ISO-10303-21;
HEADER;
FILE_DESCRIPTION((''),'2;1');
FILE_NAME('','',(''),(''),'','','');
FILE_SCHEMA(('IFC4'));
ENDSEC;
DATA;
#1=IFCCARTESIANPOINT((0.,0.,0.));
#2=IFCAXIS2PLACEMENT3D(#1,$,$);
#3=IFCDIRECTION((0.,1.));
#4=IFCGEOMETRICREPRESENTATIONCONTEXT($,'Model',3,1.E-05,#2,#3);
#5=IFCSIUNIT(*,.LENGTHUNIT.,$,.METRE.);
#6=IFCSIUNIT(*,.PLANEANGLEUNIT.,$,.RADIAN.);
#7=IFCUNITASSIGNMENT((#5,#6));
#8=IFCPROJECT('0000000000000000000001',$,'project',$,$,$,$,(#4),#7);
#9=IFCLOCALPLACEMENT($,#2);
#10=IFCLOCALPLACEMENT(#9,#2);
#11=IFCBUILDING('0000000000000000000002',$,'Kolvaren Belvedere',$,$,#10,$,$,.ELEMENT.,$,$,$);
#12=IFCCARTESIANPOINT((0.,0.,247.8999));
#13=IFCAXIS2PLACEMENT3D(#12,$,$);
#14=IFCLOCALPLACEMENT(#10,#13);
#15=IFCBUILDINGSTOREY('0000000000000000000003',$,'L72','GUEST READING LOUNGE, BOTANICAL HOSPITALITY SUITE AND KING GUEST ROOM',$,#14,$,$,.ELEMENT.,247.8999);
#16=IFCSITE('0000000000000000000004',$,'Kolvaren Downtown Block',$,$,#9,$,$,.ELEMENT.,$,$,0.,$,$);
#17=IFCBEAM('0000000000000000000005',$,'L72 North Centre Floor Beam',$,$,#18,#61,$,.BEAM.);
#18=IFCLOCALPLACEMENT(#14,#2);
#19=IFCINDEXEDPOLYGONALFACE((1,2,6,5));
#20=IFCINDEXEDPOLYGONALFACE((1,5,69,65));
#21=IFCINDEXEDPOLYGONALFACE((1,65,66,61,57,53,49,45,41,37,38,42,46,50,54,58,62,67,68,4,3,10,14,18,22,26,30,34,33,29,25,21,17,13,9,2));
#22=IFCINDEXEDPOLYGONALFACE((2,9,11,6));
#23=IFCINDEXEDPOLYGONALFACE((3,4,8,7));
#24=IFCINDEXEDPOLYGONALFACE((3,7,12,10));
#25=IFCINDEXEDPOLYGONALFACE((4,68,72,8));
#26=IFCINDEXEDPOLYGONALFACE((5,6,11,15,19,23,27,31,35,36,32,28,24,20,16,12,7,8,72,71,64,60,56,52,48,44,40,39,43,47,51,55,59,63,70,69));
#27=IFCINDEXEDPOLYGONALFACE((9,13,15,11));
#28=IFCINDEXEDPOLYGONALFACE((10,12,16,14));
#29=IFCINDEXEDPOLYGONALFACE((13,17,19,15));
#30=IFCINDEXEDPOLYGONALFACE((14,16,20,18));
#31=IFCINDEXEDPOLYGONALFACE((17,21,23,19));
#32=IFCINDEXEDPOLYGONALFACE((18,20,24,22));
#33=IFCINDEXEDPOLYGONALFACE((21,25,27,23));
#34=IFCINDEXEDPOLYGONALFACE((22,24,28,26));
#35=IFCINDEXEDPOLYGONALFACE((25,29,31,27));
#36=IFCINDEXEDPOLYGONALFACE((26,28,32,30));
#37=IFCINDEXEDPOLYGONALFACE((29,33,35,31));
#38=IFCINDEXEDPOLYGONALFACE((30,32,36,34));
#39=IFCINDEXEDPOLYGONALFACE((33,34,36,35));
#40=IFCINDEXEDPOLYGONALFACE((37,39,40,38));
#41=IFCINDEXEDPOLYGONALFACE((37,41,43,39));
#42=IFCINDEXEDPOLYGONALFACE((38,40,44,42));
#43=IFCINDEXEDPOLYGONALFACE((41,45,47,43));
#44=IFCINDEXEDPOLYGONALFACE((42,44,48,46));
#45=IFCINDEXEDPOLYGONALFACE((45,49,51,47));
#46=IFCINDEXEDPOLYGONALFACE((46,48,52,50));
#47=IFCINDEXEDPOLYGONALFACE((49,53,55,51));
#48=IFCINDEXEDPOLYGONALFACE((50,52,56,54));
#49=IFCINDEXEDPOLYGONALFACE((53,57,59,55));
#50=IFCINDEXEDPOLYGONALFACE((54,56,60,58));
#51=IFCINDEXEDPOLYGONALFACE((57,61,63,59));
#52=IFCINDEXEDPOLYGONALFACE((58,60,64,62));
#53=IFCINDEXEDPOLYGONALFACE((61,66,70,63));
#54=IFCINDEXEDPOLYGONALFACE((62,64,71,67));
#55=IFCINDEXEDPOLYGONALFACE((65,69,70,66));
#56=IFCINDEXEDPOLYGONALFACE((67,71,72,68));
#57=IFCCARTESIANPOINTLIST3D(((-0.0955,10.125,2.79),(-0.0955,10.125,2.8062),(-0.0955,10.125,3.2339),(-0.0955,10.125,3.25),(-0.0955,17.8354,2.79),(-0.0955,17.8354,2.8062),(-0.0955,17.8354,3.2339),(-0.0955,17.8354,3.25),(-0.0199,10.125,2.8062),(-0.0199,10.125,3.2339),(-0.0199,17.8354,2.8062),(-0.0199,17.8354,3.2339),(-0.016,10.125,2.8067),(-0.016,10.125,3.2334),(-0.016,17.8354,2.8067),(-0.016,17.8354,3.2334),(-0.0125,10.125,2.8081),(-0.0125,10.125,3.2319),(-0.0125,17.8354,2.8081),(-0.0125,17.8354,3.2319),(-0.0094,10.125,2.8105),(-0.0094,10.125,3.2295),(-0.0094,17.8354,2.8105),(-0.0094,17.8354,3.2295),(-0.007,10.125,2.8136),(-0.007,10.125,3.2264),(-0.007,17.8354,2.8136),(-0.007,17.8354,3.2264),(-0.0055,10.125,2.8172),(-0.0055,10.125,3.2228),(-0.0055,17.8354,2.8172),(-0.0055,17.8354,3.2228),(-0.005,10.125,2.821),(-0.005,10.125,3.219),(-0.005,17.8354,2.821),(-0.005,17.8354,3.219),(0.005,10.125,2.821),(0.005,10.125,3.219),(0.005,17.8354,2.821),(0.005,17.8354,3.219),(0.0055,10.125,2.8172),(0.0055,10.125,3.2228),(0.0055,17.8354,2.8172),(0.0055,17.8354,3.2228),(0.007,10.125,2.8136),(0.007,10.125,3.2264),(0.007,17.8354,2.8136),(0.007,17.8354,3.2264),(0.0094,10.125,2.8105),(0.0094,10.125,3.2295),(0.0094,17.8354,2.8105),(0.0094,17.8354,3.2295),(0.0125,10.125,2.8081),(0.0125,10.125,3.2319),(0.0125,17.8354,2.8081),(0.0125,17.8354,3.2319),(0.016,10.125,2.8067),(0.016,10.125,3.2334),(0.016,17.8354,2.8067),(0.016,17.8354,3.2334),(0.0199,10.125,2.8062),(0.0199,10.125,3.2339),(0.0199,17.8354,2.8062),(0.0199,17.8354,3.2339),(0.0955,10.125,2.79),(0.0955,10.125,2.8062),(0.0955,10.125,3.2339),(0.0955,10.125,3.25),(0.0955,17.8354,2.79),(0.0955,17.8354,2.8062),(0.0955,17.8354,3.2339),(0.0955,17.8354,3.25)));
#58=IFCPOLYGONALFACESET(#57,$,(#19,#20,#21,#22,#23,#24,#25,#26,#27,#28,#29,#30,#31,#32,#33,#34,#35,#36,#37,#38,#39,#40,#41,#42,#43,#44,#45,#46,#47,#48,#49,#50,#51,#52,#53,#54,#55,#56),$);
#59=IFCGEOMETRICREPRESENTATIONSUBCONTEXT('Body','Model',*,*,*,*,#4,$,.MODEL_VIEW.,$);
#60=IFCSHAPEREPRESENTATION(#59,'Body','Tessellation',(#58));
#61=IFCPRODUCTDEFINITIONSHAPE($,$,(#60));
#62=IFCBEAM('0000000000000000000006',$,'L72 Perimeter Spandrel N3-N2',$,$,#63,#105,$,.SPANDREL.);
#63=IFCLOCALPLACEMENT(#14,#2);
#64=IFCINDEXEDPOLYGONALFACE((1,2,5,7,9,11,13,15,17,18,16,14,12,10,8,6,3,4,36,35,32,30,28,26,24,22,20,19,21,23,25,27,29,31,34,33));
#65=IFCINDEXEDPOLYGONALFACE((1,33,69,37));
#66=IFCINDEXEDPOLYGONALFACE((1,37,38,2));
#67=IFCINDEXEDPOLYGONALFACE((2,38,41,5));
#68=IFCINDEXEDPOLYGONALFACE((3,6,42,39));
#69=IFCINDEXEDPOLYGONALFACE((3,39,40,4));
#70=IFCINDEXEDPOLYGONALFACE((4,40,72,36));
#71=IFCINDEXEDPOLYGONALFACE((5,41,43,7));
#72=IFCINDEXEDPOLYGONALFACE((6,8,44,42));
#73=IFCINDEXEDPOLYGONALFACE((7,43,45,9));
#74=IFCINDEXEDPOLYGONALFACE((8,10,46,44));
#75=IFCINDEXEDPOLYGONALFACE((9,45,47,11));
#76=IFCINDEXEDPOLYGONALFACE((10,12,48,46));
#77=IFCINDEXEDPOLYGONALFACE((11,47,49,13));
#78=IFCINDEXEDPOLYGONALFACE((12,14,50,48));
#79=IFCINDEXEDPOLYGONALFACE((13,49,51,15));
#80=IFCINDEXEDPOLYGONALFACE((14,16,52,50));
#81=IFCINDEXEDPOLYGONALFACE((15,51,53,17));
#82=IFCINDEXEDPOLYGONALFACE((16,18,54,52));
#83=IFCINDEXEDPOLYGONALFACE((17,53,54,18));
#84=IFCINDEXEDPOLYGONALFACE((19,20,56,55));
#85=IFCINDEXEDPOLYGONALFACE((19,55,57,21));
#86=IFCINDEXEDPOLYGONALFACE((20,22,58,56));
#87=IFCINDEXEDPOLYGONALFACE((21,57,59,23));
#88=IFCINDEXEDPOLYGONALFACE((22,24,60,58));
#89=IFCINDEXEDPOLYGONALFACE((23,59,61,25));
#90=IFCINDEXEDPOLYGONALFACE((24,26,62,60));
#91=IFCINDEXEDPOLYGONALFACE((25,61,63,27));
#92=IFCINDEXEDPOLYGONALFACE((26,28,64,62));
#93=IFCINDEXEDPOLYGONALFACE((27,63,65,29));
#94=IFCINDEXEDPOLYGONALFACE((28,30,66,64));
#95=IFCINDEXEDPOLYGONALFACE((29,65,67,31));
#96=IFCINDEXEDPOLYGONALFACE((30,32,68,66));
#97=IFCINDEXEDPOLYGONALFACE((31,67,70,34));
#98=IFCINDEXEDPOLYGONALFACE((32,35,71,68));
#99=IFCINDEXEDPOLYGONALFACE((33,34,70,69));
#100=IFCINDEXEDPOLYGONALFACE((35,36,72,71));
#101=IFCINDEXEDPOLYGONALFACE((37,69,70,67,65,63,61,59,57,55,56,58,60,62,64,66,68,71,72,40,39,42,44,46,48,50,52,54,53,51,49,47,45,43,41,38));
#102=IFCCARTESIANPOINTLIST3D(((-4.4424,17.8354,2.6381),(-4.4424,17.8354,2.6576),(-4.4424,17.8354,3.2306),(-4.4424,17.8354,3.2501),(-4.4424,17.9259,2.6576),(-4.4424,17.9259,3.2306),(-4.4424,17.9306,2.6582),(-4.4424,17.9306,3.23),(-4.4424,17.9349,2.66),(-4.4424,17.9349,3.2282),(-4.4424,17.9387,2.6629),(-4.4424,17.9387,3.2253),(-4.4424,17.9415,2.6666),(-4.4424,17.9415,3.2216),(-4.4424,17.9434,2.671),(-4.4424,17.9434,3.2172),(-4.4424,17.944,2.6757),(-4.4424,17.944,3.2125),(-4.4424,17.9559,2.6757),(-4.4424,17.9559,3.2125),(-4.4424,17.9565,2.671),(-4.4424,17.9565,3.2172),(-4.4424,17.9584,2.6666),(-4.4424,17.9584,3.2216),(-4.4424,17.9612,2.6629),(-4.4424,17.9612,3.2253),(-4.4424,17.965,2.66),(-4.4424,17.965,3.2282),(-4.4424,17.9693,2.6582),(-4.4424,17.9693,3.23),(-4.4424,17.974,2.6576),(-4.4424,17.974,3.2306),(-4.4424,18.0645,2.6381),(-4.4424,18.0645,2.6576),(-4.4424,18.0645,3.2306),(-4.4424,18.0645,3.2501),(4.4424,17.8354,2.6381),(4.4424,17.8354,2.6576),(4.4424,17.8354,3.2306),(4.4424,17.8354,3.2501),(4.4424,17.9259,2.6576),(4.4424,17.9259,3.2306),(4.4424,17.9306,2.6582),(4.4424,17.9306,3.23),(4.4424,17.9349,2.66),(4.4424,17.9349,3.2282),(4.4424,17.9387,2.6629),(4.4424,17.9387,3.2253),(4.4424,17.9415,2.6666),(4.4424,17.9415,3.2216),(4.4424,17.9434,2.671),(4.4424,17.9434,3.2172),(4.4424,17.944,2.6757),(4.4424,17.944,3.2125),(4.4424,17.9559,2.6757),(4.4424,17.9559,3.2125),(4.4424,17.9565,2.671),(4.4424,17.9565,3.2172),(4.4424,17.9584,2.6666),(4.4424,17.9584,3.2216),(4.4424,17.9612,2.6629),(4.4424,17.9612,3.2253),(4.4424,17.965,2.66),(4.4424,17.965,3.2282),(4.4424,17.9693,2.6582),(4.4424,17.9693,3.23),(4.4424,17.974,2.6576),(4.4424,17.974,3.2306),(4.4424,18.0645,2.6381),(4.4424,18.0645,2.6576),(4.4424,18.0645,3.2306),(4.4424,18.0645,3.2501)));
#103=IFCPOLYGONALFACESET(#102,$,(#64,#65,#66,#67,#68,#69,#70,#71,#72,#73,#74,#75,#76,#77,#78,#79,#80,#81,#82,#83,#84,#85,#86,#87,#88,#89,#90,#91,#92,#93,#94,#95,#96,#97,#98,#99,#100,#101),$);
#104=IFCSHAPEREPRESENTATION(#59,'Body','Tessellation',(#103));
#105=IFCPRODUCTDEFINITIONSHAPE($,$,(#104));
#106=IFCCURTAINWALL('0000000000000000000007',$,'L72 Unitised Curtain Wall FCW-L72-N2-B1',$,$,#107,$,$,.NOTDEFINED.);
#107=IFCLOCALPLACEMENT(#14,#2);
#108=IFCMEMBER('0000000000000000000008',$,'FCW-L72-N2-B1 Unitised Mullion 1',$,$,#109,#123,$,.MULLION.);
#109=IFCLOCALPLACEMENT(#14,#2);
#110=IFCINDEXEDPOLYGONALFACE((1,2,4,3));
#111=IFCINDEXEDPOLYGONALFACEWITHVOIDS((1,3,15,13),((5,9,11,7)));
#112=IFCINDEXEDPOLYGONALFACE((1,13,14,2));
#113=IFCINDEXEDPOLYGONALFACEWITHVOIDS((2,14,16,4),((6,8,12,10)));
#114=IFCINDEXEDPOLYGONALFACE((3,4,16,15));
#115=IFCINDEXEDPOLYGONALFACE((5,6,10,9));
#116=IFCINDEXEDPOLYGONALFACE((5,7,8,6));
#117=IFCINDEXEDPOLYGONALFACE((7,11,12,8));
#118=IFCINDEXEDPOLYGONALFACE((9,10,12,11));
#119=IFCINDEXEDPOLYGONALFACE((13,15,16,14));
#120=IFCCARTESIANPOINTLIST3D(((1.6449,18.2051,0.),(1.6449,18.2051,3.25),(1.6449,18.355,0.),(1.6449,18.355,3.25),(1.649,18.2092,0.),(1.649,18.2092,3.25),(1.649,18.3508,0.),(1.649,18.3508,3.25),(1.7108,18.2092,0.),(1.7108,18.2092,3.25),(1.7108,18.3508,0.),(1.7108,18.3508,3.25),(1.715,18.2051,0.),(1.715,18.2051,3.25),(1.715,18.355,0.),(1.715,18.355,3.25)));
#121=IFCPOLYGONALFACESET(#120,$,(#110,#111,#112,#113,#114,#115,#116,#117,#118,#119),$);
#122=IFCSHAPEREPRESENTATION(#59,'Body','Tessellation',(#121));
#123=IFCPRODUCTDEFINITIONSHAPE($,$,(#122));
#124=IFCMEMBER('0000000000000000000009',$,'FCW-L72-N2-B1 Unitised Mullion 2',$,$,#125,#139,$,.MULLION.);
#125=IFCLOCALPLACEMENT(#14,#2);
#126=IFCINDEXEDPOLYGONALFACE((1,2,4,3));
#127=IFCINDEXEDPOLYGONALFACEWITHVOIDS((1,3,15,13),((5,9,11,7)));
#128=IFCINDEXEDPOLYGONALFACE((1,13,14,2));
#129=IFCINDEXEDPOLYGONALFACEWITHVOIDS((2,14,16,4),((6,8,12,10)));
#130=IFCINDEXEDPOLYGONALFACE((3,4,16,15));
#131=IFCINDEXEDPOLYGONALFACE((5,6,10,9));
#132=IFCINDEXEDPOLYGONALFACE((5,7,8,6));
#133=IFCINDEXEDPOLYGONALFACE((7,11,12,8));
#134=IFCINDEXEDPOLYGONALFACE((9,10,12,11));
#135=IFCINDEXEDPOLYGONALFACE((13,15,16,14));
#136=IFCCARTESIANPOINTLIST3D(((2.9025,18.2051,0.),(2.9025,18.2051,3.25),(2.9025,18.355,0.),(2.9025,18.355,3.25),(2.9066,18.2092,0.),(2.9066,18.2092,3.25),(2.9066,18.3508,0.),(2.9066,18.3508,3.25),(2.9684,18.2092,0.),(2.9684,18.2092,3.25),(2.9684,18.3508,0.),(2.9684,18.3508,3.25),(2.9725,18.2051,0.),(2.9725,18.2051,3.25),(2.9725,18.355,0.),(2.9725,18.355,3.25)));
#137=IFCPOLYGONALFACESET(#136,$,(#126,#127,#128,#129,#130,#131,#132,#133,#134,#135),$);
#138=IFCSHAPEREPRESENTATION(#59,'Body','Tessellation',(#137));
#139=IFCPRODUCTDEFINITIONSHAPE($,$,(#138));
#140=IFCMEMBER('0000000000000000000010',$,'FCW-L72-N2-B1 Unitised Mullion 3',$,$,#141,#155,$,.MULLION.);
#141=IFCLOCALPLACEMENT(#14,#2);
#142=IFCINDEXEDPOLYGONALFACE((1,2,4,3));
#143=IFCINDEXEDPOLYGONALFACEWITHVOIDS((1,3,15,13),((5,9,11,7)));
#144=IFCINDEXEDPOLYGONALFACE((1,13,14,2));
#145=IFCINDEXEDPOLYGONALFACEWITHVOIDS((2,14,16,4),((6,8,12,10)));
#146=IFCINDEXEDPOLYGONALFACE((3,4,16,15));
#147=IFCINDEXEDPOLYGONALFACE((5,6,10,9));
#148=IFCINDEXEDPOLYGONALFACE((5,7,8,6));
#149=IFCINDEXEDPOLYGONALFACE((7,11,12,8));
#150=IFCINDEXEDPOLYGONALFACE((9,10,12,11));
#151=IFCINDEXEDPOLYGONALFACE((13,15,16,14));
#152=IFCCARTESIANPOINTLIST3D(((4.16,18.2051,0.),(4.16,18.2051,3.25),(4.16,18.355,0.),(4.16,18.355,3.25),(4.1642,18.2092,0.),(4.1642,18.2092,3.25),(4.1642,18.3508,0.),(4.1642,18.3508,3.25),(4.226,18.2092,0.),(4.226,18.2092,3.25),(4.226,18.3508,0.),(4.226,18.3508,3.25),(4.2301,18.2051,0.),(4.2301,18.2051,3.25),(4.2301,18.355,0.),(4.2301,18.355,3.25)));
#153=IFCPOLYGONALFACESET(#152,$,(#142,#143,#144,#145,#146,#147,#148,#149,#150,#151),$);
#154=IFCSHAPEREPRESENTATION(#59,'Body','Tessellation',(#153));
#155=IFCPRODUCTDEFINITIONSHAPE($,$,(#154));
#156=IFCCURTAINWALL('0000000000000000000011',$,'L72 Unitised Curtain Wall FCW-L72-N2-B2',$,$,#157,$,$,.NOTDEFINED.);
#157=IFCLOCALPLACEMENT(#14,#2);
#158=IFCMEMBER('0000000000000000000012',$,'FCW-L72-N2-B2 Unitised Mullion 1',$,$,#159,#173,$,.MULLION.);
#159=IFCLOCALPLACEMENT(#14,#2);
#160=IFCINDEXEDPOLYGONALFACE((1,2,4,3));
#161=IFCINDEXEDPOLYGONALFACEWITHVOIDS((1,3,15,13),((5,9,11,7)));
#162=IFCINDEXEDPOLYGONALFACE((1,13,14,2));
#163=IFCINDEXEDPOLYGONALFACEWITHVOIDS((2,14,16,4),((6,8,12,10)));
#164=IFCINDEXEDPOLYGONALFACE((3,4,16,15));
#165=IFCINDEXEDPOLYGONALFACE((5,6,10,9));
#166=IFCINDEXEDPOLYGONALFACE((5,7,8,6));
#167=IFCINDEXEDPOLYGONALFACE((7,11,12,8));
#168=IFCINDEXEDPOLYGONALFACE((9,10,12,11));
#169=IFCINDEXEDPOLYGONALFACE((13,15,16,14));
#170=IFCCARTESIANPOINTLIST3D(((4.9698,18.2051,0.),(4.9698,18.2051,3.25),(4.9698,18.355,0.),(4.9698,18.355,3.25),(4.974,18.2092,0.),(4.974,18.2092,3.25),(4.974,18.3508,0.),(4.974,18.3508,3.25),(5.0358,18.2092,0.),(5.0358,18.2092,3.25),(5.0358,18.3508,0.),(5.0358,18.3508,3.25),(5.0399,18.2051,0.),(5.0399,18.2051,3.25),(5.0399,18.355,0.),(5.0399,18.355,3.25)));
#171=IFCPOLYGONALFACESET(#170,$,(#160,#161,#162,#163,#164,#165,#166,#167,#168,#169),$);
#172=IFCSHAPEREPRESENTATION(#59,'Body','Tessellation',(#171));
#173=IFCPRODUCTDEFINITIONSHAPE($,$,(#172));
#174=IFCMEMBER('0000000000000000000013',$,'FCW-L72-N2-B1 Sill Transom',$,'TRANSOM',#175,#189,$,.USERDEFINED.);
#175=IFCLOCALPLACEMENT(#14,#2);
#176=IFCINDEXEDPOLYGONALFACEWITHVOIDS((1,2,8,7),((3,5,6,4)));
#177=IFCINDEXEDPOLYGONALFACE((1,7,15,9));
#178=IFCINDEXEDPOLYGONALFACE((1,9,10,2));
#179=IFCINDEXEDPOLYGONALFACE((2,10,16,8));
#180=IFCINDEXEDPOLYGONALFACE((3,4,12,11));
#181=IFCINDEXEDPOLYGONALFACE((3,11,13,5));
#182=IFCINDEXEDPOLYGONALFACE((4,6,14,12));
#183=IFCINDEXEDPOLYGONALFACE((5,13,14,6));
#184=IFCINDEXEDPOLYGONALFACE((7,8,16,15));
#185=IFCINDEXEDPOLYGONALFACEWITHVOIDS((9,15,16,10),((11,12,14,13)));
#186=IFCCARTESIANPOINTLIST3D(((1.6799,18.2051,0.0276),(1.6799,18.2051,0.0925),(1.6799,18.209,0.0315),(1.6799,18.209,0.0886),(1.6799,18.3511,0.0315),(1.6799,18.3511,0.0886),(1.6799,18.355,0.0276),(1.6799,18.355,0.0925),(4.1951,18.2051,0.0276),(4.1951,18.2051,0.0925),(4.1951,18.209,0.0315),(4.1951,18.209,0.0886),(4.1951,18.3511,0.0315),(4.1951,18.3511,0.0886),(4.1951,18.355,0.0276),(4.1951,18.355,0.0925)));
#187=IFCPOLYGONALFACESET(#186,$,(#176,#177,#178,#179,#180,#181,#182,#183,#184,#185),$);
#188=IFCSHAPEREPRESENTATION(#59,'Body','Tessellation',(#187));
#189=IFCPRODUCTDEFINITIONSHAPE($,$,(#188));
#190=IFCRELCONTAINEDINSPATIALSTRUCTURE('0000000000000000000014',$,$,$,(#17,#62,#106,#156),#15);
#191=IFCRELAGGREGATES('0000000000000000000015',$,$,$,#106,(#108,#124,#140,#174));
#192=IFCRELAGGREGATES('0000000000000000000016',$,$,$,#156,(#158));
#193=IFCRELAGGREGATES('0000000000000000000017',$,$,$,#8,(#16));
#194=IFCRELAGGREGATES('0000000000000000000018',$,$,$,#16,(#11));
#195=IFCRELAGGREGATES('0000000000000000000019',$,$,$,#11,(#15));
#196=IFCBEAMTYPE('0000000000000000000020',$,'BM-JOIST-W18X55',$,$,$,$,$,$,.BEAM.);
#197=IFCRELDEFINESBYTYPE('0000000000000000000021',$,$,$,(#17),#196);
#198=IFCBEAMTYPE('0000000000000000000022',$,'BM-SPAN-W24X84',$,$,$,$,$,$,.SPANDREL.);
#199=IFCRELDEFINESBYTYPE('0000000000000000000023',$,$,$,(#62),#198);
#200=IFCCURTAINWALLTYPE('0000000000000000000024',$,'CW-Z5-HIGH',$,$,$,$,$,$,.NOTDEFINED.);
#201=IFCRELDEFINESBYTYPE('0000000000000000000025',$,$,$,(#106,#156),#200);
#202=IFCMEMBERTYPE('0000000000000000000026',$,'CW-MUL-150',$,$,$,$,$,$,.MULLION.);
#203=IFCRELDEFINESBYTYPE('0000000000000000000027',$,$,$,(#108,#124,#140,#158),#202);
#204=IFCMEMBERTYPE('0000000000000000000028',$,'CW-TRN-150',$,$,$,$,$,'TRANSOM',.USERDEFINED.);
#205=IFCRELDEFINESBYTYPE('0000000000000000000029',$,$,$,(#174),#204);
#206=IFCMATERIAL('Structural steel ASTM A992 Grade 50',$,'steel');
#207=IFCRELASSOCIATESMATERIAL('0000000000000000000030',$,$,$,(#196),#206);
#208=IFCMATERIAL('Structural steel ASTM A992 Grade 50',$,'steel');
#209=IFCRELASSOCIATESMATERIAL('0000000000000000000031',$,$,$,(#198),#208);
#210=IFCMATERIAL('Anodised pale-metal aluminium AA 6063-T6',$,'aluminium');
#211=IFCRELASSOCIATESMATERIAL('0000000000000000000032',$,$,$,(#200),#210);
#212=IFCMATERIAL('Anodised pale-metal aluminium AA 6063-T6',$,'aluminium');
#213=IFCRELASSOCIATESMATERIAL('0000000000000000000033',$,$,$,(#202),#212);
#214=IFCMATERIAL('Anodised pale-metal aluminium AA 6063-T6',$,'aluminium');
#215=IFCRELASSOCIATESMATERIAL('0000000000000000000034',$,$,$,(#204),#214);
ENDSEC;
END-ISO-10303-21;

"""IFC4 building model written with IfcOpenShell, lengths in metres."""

from ifc_helpers import new_model, si_unit, direction, frame, origin, origin_2d, place, context, subcontext, project, spatial, hollow_rectangle, i_section, extrude, material, material_profile, profile_set, type_object, element, aggregate, save


model = new_model("IFC4")

# Units and contexts
model_context = context("Model", 3, precision=1e-05, world=origin(), true_north=direction((0.0, 1.0)))
body_context = subcontext(model_context, "Body", "Model", "MODEL_VIEW")
ifc_project = project(units=[si_unit("LENGTHUNIT", "METRE"), si_unit("PLANEANGLEUNIT", "RADIAN")], contexts=[model_context])

# Site, building, storey
site_placement = place(None, origin())
site = spatial("IfcSite", under=ifc_project, at=site_placement, Name="Kolvaren Downtown Block", CompositionType="ELEMENT", RefElevation=0.0)
building_placement = place(site_placement, origin())
building = spatial("IfcBuilding", under=site, at=building_placement, Name="Kolvaren Belvedere", CompositionType="ELEMENT")
storey_placement = place(building_placement, frame((0.0, 0.0, 247.8999)))
storey = spatial("IfcBuildingStorey", under=building, at=storey_placement, Name="L72", Description="GUEST READING LOUNGE, BOTANICAL HOSPITALITY SUITE AND KING GUEST ROOM", CompositionType="ELEMENT", Elevation=247.8999)

# Beams
ifc_material_1 = material(Name="Structural steel ASTM A992 Grade 50", Category="steel")
ifc_material_profile_1 = material_profile(ifc_material_1, i_section(OverallWidth=0.1909, OverallDepth=0.46, WebThickness=0.01, FlangeThickness=0.0161, FilletRadius=0.0149, at=origin_2d()), Name="W18X55")
ifc_profile_set_1 = profile_set([ifc_material_profile_1], Name="Structural steel ASTM A992 Grade 50")
beam_type_1 = type_object("IfcBeamType", Name="BM-JOIST-W18X55", PredefinedType="BEAM", material=ifc_profile_set_1)
beam_1_placement = place(storey_placement, frame((0.0, 10.125, 3.02), z_axis=(0.0, 1.0, 0.0), x_axis=(-1.0, 0.0, 0.0)))
element("IfcBeam", 1, at=beam_1_placement, inside=storey, type_object=beam_type_1, Name="L72 North Centre Floor Beam", PredefinedType="BEAM", context=body_context, shape_type="SweptSolid", body=[
    extrude(i_section(OverallWidth=0.1909, OverallDepth=0.46, WebThickness=0.01, FlangeThickness=0.0161, FilletRadius=0.0149, at=origin_2d()), origin(), (0.0, 0.0, 1.0), 7.7104),
])
ifc_material_2 = material(Name="Structural steel ASTM A992 Grade 50", Category="steel")
ifc_material_profile_2 = material_profile(ifc_material_2, i_section(OverallWidth=0.229, OverallDepth=0.6121, WebThickness=0.012, FlangeThickness=0.0195, FilletRadius=0.0181, at=origin_2d()), Name="W24X84")
ifc_profile_set_2 = profile_set([ifc_material_profile_2], Name="Structural steel ASTM A992 Grade 50")
beam_type_2 = type_object("IfcBeamType", Name="BM-SPAN-W24X84", PredefinedType="SPANDREL", material=ifc_profile_set_2)
beam_2_placement = place(storey_placement, frame((4.4424, 17.95, 2.9441), z_axis=(-1.0, 0.0, 0.0), x_axis=(0.0, -1.0, 0.0)))
element("IfcBeam", 2, at=beam_2_placement, inside=storey, type_object=beam_type_2, Name="L72 Perimeter Spandrel N3-N2", PredefinedType="SPANDREL", context=body_context, shape_type="SweptSolid", body=[
    extrude(i_section(OverallWidth=0.229, OverallDepth=0.6121, WebThickness=0.012, FlangeThickness=0.0195, FilletRadius=0.0181, at=origin_2d()), origin(), (0.0, 0.0, 1.0), 8.8848),
])

# Curtain wall, members
ifc_material_3 = material(Name="Anodised pale-metal aluminium AA 6063-T6", Category="aluminium")
curtain_wall_type = type_object("IfcCurtainWallType", Name="CW-Z5-HIGH", PredefinedType="NOTDEFINED", material=ifc_material_3)
curtain_wall_1_placement = place(storey_placement, origin())
curtain_wall_1 = element("IfcCurtainWall", 3, at=curtain_wall_1_placement, inside=storey, type_object=curtain_wall_type, Name="L72 Unitised Curtain Wall FCW-L72-N2-B1", PredefinedType="NOTDEFINED")
ifc_material_4 = material(Name="Anodised pale-metal aluminium AA 6063-T6", Category="aluminium")
ifc_material_profile_3 = material_profile(ifc_material_4, hollow_rectangle(XDim=0.0701, YDim=0.1499, WallThickness=0.0042, at=origin_2d()), Name="ALU-MUL-150X70")
ifc_profile_set_3 = profile_set([ifc_material_profile_3], Name="Anodised pale-metal aluminium AA 6063-T6")
member_type_1 = type_object("IfcMemberType", Name="CW-MUL-150", PredefinedType="MULLION", material=ifc_profile_set_3)
member_1_placement = place(storey_placement, frame((1.6799, 18.28, 0.0), z_axis=(0.0, 0.0, 1.0), x_axis=(1.0, 0.0, 0.0)))
member_1 = element("IfcMember", 4, at=member_1_placement, type_object=member_type_1, Name="FCW-L72-N2-B1 Unitised Mullion 1", PredefinedType="MULLION", context=body_context, shape_type="SweptSolid", body=[
    extrude(hollow_rectangle(XDim=0.0701, YDim=0.1499, WallThickness=0.0042, at=origin_2d()), origin(), (0.0, 0.0, 1.0), 3.25),
])
member_2_placement = place(storey_placement, frame((2.9375, 18.28, 0.0), z_axis=(0.0, 0.0, 1.0), x_axis=(1.0, 0.0, 0.0)))
member_2 = element("IfcMember", 5, at=member_2_placement, type_object=member_type_1, Name="FCW-L72-N2-B1 Unitised Mullion 2", PredefinedType="MULLION", context=body_context, shape_type="SweptSolid", body=[
    extrude(hollow_rectangle(XDim=0.0701, YDim=0.1499, WallThickness=0.0042, at=origin_2d()), origin(), (0.0, 0.0, 1.0), 3.25),
])
member_3_placement = place(storey_placement, frame((4.1951, 18.28, 0.0), z_axis=(0.0, 0.0, 1.0), x_axis=(1.0, 0.0, 0.0)))
member_3 = element("IfcMember", 6, at=member_3_placement, type_object=member_type_1, Name="FCW-L72-N2-B1 Unitised Mullion 3", PredefinedType="MULLION", context=body_context, shape_type="SweptSolid", body=[
    extrude(hollow_rectangle(XDim=0.0701, YDim=0.1499, WallThickness=0.0042, at=origin_2d()), origin(), (0.0, 0.0, 1.0), 3.25),
])

# Curtain wall, member
curtain_wall_2_placement = place(storey_placement, origin())
curtain_wall_2 = element("IfcCurtainWall", 7, at=curtain_wall_2_placement, inside=storey, type_object=curtain_wall_type, Name="L72 Unitised Curtain Wall FCW-L72-N2-B2", PredefinedType="NOTDEFINED")
member_4_placement = place(storey_placement, frame((5.0049, 18.28, 0.0), z_axis=(0.0, 0.0, 1.0), x_axis=(1.0, 0.0, 0.0)))
member_4 = element("IfcMember", 8, at=member_4_placement, type_object=member_type_1, Name="FCW-L72-N2-B2 Unitised Mullion 1", PredefinedType="MULLION", context=body_context, shape_type="SweptSolid", body=[
    extrude(hollow_rectangle(XDim=0.0701, YDim=0.1499, WallThickness=0.0042, at=origin_2d()), origin(), (0.0, 0.0, 1.0), 3.25),
])

# Member
ifc_material_5 = material(Name="Anodised pale-metal aluminium AA 6063-T6", Category="aluminium")
ifc_material_profile_4 = material_profile(ifc_material_5, hollow_rectangle(XDim=0.0649, YDim=0.1499, WallThickness=0.0039, at=origin_2d()), Name="ALU-TRN-150X65")
ifc_profile_set_4 = profile_set([ifc_material_profile_4], Name="Anodised pale-metal aluminium AA 6063-T6")
member_type_2 = type_object("IfcMemberType", Name="CW-TRN-150", ElementType="TRANSOM", PredefinedType="USERDEFINED", material=ifc_profile_set_4)
member_5_placement = place(storey_placement, frame((1.6799, 18.28, 0.0601), z_axis=(1.0, 0.0, 0.0), x_axis=(0.0, 0.0, 1.0)))
member_5 = element("IfcMember", 9, at=member_5_placement, type_object=member_type_2, Name="FCW-L72-N2-B1 Sill Transom", ObjectType="TRANSOM", PredefinedType="USERDEFINED", context=body_context, shape_type="SweptSolid", body=[
    extrude(hollow_rectangle(XDim=0.0649, YDim=0.1499, WallThickness=0.0039, at=origin_2d()), origin(), (0.0, 0.0, 1.0), 2.5151),
])

aggregate(curtain_wall_1, [member_1, member_2, member_3, member_5])
aggregate(curtain_wall_2, [member_4])

save(model, "model.ifc")
